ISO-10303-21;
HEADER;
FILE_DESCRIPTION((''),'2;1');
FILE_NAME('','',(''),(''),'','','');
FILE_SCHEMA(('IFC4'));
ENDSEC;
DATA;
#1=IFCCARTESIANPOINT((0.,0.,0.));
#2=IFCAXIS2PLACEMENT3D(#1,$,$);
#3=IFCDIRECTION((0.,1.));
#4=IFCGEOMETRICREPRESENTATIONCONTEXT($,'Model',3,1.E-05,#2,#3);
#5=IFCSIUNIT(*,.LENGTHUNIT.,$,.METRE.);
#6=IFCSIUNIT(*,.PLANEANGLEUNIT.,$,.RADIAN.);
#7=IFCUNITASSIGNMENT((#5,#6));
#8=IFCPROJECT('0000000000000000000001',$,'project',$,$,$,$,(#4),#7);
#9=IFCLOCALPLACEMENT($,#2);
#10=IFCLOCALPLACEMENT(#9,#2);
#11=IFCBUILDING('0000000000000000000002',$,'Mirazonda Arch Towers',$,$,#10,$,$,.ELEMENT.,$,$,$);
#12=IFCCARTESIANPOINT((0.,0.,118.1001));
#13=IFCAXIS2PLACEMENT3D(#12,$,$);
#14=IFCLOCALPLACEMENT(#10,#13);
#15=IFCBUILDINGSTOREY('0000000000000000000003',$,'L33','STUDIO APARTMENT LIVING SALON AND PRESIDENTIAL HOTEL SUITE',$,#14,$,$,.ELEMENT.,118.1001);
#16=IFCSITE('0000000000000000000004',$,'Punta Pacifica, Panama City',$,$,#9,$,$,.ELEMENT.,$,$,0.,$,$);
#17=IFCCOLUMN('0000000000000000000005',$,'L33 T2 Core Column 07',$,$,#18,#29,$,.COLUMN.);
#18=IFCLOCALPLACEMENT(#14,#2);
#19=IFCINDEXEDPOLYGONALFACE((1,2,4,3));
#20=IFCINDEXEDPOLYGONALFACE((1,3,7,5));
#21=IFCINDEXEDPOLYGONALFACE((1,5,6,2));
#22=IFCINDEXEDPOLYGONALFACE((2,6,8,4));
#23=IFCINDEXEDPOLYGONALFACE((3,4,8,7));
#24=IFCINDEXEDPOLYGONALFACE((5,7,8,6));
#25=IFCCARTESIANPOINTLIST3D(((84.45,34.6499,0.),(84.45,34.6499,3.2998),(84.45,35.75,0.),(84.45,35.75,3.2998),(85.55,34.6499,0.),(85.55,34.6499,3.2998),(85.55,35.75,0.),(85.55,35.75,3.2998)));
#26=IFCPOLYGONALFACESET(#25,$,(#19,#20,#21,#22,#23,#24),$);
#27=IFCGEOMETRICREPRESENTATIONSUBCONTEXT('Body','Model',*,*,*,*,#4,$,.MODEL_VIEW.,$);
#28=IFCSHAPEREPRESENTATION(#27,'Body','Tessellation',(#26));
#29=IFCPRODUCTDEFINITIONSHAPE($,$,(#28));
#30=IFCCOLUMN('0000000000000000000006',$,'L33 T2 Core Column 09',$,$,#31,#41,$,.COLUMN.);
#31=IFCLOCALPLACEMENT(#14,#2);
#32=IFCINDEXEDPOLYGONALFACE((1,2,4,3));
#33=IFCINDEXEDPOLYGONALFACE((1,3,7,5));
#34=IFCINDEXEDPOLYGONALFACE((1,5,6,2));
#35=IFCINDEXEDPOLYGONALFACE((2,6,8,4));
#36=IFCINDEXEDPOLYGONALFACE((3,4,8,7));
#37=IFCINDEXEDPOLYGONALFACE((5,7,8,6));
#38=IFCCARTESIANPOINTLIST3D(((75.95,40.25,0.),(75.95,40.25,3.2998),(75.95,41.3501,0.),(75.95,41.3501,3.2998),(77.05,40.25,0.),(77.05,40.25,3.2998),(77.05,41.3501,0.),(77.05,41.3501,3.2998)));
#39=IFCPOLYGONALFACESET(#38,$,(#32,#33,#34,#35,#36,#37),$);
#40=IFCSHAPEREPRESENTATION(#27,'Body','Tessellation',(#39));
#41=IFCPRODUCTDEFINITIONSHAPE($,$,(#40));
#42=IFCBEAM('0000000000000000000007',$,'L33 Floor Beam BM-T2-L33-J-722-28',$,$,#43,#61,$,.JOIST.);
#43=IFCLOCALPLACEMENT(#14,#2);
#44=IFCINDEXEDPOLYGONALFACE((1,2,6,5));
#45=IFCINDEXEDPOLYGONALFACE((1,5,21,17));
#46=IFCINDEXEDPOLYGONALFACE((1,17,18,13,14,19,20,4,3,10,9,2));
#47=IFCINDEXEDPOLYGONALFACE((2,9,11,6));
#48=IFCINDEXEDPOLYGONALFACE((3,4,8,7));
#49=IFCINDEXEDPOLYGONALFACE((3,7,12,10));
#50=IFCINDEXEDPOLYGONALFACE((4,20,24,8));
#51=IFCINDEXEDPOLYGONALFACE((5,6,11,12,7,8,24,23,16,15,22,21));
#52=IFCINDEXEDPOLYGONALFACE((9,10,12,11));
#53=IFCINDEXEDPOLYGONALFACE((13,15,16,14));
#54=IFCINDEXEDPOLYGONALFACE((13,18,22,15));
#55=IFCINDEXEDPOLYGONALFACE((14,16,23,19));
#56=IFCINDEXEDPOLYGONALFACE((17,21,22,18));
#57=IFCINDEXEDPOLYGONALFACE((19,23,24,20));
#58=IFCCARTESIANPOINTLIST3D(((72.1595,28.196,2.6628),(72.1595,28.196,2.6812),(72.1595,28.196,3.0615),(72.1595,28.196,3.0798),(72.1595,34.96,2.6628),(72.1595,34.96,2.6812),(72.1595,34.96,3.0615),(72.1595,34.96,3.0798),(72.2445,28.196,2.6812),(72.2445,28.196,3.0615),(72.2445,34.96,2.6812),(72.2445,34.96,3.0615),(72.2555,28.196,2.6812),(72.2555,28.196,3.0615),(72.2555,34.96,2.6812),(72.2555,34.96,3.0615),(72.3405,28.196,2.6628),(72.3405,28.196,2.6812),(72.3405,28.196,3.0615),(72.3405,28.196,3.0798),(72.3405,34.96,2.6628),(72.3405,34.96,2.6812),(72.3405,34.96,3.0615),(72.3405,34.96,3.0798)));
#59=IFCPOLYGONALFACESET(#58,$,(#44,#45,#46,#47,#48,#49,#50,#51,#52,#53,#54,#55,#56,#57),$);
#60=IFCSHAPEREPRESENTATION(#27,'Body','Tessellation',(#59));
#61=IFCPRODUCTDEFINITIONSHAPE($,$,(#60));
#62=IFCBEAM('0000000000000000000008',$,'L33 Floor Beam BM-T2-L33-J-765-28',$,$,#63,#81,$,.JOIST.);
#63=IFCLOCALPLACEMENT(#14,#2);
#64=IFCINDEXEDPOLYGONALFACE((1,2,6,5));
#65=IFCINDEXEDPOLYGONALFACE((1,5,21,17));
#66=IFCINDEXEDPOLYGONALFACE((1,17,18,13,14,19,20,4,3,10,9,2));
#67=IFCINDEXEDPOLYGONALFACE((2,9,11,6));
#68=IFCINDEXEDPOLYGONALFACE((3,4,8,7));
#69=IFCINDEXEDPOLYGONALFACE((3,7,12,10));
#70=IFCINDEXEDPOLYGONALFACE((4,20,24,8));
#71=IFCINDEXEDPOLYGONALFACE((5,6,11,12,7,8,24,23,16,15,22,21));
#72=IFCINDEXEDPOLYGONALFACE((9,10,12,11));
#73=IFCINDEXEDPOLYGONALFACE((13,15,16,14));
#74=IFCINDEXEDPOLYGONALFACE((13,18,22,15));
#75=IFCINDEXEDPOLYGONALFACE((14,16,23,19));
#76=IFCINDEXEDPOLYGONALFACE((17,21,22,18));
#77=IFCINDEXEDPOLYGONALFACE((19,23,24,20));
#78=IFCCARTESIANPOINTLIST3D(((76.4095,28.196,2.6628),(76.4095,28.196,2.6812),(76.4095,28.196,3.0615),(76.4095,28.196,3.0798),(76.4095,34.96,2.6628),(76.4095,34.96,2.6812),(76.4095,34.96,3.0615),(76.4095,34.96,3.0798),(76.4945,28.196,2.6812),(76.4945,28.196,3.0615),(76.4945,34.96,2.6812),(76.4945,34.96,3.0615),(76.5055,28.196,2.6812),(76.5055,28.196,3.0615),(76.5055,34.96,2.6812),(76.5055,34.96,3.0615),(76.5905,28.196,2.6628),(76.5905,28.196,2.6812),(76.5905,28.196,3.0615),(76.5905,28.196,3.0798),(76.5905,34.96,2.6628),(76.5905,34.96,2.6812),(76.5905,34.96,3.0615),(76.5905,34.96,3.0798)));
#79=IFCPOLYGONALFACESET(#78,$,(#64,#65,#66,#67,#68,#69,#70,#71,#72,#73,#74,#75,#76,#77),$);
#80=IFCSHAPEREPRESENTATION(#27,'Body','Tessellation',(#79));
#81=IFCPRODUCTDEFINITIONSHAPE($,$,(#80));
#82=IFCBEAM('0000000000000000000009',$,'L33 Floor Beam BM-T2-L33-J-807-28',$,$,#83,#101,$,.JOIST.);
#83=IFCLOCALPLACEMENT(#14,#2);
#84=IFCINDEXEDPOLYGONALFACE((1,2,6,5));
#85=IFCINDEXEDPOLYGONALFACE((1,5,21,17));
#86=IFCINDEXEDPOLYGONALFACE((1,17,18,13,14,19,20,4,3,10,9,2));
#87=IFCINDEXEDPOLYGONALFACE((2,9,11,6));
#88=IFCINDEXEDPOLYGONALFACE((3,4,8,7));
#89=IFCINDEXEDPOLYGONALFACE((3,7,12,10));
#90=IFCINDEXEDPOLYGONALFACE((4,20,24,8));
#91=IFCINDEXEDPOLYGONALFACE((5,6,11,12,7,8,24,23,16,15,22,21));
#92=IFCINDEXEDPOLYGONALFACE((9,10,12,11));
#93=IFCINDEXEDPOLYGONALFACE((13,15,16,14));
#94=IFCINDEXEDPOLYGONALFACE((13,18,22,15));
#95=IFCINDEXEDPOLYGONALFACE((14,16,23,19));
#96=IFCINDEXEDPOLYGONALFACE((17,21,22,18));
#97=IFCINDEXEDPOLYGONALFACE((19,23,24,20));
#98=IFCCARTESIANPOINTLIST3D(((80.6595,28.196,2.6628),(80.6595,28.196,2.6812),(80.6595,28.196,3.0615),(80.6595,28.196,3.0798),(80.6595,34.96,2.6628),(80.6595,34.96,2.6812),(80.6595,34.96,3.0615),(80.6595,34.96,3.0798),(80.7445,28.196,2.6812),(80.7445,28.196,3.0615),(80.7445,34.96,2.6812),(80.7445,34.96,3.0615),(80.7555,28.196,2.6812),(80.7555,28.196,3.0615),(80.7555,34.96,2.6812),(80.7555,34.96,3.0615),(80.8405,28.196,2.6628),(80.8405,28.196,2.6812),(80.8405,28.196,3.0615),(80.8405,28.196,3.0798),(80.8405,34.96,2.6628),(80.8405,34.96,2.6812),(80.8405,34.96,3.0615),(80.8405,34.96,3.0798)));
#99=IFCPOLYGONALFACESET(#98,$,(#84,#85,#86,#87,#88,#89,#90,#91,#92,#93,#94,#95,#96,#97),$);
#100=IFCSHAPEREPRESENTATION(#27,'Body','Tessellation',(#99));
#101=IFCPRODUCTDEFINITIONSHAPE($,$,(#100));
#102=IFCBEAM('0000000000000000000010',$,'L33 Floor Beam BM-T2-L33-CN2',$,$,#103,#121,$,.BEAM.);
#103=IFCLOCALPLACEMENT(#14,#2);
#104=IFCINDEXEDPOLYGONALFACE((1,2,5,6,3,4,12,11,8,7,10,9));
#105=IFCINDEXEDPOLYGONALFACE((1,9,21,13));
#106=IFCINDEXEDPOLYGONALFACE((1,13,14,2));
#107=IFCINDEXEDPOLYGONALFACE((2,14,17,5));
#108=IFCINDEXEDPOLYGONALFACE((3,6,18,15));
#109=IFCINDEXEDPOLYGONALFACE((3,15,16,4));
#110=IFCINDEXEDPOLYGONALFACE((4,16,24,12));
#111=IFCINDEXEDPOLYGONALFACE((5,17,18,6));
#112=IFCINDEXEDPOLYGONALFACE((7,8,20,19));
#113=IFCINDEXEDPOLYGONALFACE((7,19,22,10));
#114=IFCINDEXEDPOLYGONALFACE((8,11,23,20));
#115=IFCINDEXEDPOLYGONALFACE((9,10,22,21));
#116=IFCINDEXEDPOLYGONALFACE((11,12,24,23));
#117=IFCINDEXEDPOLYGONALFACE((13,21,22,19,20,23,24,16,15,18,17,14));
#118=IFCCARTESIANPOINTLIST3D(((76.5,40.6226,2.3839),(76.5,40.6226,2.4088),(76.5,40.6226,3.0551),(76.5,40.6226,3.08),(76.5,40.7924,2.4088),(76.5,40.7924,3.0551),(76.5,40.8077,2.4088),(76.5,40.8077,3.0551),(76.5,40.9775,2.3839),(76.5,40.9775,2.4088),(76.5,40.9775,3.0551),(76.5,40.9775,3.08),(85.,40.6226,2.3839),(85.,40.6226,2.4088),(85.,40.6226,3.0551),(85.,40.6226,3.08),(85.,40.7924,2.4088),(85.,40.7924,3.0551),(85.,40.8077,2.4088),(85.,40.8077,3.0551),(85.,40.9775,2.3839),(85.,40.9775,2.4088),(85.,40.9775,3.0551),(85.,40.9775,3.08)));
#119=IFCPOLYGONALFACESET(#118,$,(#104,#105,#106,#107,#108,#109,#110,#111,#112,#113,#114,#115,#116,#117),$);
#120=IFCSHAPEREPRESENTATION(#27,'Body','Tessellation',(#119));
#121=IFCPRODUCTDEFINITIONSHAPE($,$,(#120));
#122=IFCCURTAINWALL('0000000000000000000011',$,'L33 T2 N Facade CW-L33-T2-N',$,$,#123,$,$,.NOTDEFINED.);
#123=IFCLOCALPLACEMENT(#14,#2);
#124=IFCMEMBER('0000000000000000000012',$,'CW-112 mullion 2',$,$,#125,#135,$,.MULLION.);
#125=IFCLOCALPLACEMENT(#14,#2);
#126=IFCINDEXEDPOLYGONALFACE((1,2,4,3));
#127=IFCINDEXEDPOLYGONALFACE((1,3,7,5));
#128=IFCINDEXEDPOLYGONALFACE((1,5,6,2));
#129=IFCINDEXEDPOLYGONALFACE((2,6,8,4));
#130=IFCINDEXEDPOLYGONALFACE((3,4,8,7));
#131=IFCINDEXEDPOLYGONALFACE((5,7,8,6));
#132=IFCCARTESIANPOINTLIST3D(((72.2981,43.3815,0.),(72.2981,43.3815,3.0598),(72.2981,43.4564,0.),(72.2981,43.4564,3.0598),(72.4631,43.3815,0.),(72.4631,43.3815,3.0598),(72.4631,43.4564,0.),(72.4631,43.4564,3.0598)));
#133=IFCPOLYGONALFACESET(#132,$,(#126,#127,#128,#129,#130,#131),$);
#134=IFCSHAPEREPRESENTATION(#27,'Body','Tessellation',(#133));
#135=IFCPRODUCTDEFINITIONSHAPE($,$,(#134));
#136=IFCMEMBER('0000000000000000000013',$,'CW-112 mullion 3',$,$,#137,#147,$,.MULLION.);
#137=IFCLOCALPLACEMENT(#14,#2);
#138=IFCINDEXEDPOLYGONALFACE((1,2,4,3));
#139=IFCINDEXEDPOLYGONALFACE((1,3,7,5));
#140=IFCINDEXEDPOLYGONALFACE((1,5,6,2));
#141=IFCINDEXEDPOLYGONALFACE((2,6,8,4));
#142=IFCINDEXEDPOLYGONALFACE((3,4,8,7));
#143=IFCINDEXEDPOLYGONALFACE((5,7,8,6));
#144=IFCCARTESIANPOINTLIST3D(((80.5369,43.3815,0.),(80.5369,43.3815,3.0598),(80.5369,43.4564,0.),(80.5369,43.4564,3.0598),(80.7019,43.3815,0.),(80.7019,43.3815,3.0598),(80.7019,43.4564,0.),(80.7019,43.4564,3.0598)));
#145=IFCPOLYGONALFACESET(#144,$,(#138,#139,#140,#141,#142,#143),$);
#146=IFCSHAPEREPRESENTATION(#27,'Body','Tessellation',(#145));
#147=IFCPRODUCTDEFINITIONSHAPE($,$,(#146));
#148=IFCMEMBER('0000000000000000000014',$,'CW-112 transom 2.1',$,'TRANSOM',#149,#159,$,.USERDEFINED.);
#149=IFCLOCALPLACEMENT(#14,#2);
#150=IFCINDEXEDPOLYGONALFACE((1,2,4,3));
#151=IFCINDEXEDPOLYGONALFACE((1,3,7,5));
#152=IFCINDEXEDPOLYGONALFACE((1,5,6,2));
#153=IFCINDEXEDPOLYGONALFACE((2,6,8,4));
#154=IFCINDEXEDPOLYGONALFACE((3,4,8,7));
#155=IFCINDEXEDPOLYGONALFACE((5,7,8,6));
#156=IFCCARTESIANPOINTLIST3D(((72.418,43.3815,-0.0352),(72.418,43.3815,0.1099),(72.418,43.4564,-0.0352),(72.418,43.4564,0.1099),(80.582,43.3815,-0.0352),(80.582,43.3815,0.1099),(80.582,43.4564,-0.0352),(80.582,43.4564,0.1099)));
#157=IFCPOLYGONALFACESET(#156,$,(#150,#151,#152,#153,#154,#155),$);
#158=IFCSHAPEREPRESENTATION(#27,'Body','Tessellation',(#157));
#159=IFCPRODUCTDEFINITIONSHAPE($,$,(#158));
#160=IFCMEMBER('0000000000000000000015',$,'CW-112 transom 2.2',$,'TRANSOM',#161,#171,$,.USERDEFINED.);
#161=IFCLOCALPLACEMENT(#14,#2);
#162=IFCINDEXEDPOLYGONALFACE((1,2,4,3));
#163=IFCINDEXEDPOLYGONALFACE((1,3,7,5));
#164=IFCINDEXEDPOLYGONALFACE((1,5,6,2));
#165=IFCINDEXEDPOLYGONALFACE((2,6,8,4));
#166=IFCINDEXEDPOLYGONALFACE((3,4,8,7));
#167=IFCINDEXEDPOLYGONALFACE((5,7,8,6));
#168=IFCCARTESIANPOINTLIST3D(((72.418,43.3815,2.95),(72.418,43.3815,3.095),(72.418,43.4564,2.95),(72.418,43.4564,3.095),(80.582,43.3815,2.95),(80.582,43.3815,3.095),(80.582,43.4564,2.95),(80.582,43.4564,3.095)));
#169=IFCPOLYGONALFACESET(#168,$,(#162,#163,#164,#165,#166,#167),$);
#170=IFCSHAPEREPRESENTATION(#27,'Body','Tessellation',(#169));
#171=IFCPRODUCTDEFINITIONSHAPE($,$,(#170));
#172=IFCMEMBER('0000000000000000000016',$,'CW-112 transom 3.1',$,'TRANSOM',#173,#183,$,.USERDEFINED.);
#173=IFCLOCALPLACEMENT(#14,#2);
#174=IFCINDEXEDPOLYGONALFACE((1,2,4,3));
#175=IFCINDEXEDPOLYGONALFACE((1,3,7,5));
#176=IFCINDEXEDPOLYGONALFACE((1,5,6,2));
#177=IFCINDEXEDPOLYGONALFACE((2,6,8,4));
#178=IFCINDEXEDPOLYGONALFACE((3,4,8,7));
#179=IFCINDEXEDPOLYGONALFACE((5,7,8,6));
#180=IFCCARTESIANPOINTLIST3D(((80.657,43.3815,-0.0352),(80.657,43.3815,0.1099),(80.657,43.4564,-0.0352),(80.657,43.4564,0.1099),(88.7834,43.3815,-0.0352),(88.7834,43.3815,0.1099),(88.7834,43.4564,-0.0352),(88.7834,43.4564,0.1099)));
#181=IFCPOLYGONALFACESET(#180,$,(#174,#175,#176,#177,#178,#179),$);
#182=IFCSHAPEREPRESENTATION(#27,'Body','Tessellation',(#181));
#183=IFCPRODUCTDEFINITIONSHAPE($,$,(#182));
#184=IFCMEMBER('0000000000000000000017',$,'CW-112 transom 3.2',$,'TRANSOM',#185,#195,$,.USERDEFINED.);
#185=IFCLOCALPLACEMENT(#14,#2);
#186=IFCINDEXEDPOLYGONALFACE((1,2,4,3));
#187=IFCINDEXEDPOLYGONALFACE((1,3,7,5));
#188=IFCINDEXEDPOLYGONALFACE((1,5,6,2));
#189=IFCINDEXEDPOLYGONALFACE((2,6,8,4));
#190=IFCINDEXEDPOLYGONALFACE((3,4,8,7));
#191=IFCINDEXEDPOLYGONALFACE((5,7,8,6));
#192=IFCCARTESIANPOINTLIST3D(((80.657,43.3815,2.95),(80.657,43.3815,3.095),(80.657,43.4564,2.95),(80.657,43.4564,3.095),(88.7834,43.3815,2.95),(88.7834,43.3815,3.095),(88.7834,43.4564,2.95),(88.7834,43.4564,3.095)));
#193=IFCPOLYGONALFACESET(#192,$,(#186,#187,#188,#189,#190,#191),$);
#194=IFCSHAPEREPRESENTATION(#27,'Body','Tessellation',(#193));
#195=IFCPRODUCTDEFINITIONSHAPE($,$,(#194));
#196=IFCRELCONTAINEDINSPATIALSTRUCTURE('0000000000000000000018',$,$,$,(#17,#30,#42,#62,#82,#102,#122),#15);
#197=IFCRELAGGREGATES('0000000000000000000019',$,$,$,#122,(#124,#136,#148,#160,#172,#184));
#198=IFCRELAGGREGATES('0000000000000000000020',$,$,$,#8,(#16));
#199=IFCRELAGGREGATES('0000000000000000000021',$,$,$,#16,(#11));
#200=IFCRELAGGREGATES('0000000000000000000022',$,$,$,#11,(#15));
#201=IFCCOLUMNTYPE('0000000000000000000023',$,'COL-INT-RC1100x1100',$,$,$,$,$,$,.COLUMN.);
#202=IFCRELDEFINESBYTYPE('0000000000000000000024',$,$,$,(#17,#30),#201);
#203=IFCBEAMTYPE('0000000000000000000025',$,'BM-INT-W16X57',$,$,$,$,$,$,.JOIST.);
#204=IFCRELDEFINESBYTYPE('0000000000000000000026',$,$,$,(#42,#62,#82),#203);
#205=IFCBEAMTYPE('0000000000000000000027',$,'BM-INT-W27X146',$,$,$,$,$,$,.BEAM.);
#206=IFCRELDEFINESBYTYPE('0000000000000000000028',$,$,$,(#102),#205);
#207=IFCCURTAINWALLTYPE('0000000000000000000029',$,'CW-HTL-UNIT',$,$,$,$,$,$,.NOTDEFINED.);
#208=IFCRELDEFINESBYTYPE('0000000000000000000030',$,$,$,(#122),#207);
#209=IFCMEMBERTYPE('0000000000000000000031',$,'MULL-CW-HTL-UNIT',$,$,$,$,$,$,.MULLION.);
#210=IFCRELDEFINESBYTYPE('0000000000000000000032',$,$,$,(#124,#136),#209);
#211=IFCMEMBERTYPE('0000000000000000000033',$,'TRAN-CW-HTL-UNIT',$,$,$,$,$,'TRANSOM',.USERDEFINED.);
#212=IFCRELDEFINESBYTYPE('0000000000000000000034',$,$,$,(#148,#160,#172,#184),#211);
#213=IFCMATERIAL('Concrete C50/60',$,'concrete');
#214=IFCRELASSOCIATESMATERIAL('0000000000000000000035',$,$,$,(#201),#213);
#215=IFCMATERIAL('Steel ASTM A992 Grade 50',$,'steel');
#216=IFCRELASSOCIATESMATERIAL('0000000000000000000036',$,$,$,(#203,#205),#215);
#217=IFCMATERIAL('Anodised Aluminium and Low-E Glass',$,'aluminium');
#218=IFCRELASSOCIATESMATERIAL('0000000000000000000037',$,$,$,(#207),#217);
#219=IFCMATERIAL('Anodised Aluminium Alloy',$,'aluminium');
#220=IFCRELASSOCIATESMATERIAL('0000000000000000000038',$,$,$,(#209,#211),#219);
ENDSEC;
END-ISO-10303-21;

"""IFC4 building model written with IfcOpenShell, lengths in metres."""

from ifc_helpers import new_model, si_unit, direction, frame, origin, origin_2d, place, context, subcontext, project, spatial, rectangle, i_section, extrude, material, material_profile, profile_set, type_object, element, aggregate, save


model = new_model("IFC4")

# Units and contexts
model_context = context("Model", 3, precision=1e-05, world=origin(), true_north=direction((0.0, 1.0)))
body_context = subcontext(model_context, "Body", "Model", "MODEL_VIEW")
ifc_project = project(units=[si_unit("LENGTHUNIT", "METRE"), si_unit("PLANEANGLEUNIT", "RADIAN")], contexts=[model_context])

# Site, building, storey
site_placement = place(None, origin())
site = spatial("IfcSite", under=ifc_project, at=site_placement, Name="Punta Pacifica, Panama City", CompositionType="ELEMENT", RefElevation=0.0)
building_placement = place(site_placement, origin())
building = spatial("IfcBuilding", under=site, at=building_placement, Name="Mirazonda Arch Towers", CompositionType="ELEMENT")
storey_placement = place(building_placement, frame((0.0, 0.0, 118.1001)))
storey = spatial("IfcBuildingStorey", under=building, at=storey_placement, Name="L33", Description="STUDIO APARTMENT LIVING SALON AND PRESIDENTIAL HOTEL SUITE", CompositionType="ELEMENT", Elevation=118.1001)

# Columns
ifc_material_1 = material(Name="Concrete C50/60", Category="concrete")
ifc_material_profile_1 = material_profile(ifc_material_1, rectangle(XDim=1.1001, YDim=1.1001, at=origin_2d()), Name="RC1100x1100")
ifc_profile_set_1 = profile_set([ifc_material_profile_1], Name="Concrete C50/60")
column_type = type_object("IfcColumnType", Name="COL-INT-RC1100x1100", PredefinedType="COLUMN", material=ifc_profile_set_1)
for number, where, z_axis, x_axis, name in (
    (1, (85.0, 35.2, 0.0), (0.0, 0.0, 1.0), (1.0, 0.0, 0.0), "L33 T2 Core Column 07"),
    (2, (76.5, 40.8, 0.0), (0.0, 0.0, 1.0), (1.0, 0.0, 0.0), "L33 T2 Core Column 09"),
):
    element("IfcColumn", number, at=place(storey_placement, frame(where, z_axis=z_axis, x_axis=x_axis)), inside=storey, type_object=column_type, Name=name, PredefinedType="COLUMN", context=body_context, shape_type="SweptSolid", body=[
        extrude(rectangle(XDim=1.1001, YDim=1.1001, at=origin_2d()), origin(), (0.0, 0.0, 1.0), 3.2998),
    ])

# Beams
ifc_material_2 = material(Name="Steel ASTM A992 Grade 50", Category="steel")
ifc_material_profile_2 = material_profile(ifc_material_2, i_section(OverallWidth=0.1809, OverallDepth=0.417, WebThickness=0.011, FlangeThickness=0.0183, at=origin_2d()), Name="W16X57")
ifc_profile_set_2 = profile_set([ifc_material_profile_2], Name="Steel ASTM A992 Grade 50")
beam_type_1 = type_object("IfcBeamType", Name="BM-INT-W16X57", PredefinedType="JOIST", material=ifc_profile_set_2)
for number, where, z_axis, x_axis, name in (
    (3, (72.25, 28.196, 2.8713), (0.0, 1.0, 0.0), (-1.0, 0.0, 0.0), "L33 Floor Beam BM-T2-L33-J-722-28"),
    (4, (76.5, 28.196, 2.8713), (0.0, 1.0, 0.0), (-1.0, 0.0, 0.0), "L33 Floor Beam BM-T2-L33-J-765-28"),
    (5, (80.75, 28.196, 2.8713), (0.0, 1.0, 0.0), (-1.0, 0.0, 0.0), "L33 Floor Beam BM-T2-L33-J-807-28"),
):
    element("IfcBeam", number, at=place(storey_placement, frame(where, z_axis=z_axis, x_axis=x_axis)), inside=storey, type_object=beam_type_1, Name=name, PredefinedType="JOIST", context=body_context, shape_type="SweptSolid", body=[
        extrude(i_section(OverallWidth=0.1809, OverallDepth=0.417, WebThickness=0.011, FlangeThickness=0.0183, at=origin_2d()), origin(), (0.0, 0.0, 1.0), 6.7639),
    ])
ifc_material_profile_3 = material_profile(ifc_material_2, i_section(OverallWidth=0.355, OverallDepth=0.696, WebThickness=0.0154, FlangeThickness=0.0249, at=origin_2d()), Name="W27X146")
ifc_profile_set_3 = profile_set([ifc_material_profile_3], Name="Steel ASTM A992 Grade 50")
beam_type_2 = type_object("IfcBeamType", Name="BM-INT-W27X146", PredefinedType="BEAM", material=ifc_profile_set_3)
beam_placement = place(storey_placement, frame((76.5, 40.8, 2.7319), z_axis=(1.0, 0.0, 0.0), x_axis=(0.0, 1.0, 0.0)))
element("IfcBeam", 6, at=beam_placement, inside=storey, type_object=beam_type_2, Name="L33 Floor Beam BM-T2-L33-CN2", PredefinedType="BEAM", context=body_context, shape_type="SweptSolid", body=[
    extrude(i_section(OverallWidth=0.355, OverallDepth=0.696, WebThickness=0.0154, FlangeThickness=0.0249, at=origin_2d()), origin(), (0.0, 0.0, 1.0), 8.5),
])

# Curtain wall, members
ifc_material_3 = material(Name="Anodised Aluminium and Low-E Glass", Category="aluminium")
curtain_wall_type = type_object("IfcCurtainWallType", Name="CW-HTL-UNIT", PredefinedType="NOTDEFINED", material=ifc_material_3)
curtain_wall_placement = place(storey_placement, origin())
curtain_wall = element("IfcCurtainWall", 7, at=curtain_wall_placement, inside=storey, type_object=curtain_wall_type, Name="L33 T2 N Facade CW-L33-T2-N", PredefinedType="NOTDEFINED")
ifc_material_4 = material(Name="Anodised Aluminium Alloy", Category="aluminium")
ifc_material_profile_4 = material_profile(ifc_material_4, rectangle(XDim=0.075, YDim=0.165, at=origin_2d()), Name="ALU-MULL-75x165")
ifc_profile_set_4 = profile_set([ifc_material_profile_4], Name="Anodised Aluminium Alloy")
member_type_1 = type_object("IfcMemberType", Name="MULL-CW-HTL-UNIT", PredefinedType="MULLION", material=ifc_profile_set_4)
member_1_placement = place(storey_placement, frame((72.3806, 43.4189, 0.0), z_axis=(0.0, 0.0, 1.0), x_axis=(0.0, 1.0, 0.0)))
member_1 = element("IfcMember", 8, at=member_1_placement, type_object=member_type_1, Name="CW-112 mullion 2", PredefinedType="MULLION", context=body_context, shape_type="SweptSolid", body=[
    extrude(rectangle(XDim=0.075, YDim=0.165, at=origin_2d()), origin(), (0.0, 0.0, 1.0), 3.0598),
])
member_2_placement = place(storey_placement, frame((80.6194, 43.4189, 0.0), z_axis=(0.0, 0.0, 1.0), x_axis=(0.0, 1.0, 0.0)))
member_2 = element("IfcMember", 9, at=member_2_placement, type_object=member_type_1, Name="CW-112 mullion 3", PredefinedType="MULLION", context=body_context, shape_type="SweptSolid", body=[
    extrude(rectangle(XDim=0.075, YDim=0.165, at=origin_2d()), origin(), (0.0, 0.0, 1.0), 3.0598),
])
ifc_material_profile_5 = material_profile(ifc_material_4, rectangle(XDim=0.075, YDim=0.145, at=origin_2d()), Name="ALU-TRAN-75x145")
ifc_profile_set_5 = profile_set([ifc_material_profile_5], Name="Anodised Aluminium Alloy")
member_type_2 = type_object("IfcMemberType", Name="TRAN-CW-HTL-UNIT", ElementType="TRANSOM", PredefinedType="USERDEFINED", material=ifc_profile_set_5)
member_3_placement = place(storey_placement, frame((72.418, 43.4189, 0.0374), z_axis=(1.0, 0.0, 0.0), x_axis=(0.0, 1.0, 0.0)))
member_3 = element("IfcMember", 10, at=member_3_placement, type_object=member_type_2, Name="CW-112 transom 2.1", ObjectType="TRANSOM", PredefinedType="USERDEFINED", context=body_context, shape_type="SweptSolid", body=[
    extrude(rectangle(XDim=0.075, YDim=0.145, at=origin_2d()), origin(), (0.0, 0.0, 1.0), 8.1641),
])
member_4_placement = place(storey_placement, frame((72.418, 43.4189, 3.0225), z_axis=(1.0, 0.0, 0.0), x_axis=(0.0, 1.0, 0.0)))
member_4 = element("IfcMember", 11, at=member_4_placement, type_object=member_type_2, Name="CW-112 transom 2.2", ObjectType="TRANSOM", PredefinedType="USERDEFINED", context=body_context, shape_type="SweptSolid", body=[
    extrude(rectangle(XDim=0.075, YDim=0.145, at=origin_2d()), origin(), (0.0, 0.0, 1.0), 8.1641),
])
member_5_placement = place(storey_placement, frame((80.657, 43.4189, 0.0374), z_axis=(1.0, 0.0, 0.0), x_axis=(0.0, 1.0, 0.0)))
member_5 = element("IfcMember", 12, at=member_5_placement, type_object=member_type_2, Name="CW-112 transom 3.1", ObjectType="TRANSOM", PredefinedType="USERDEFINED", context=body_context, shape_type="SweptSolid", body=[
    extrude(rectangle(XDim=0.075, YDim=0.145, at=origin_2d()), origin(), (0.0, 0.0, 1.0), 8.1265),
])
member_6_placement = place(storey_placement, frame((80.657, 43.4189, 3.0225), z_axis=(1.0, 0.0, 0.0), x_axis=(0.0, 1.0, 0.0)))
member_6 = element("IfcMember", 13, at=member_6_placement, type_object=member_type_2, Name="CW-112 transom 3.2", ObjectType="TRANSOM", PredefinedType="USERDEFINED", context=body_context, shape_type="SweptSolid", body=[
    extrude(rectangle(XDim=0.075, YDim=0.145, at=origin_2d()), origin(), (0.0, 0.0, 1.0), 8.1265),
])
aggregate(curtain_wall, [member_1, member_2, member_3, member_4, member_5, member_6])

save(model, "model.ifc")
